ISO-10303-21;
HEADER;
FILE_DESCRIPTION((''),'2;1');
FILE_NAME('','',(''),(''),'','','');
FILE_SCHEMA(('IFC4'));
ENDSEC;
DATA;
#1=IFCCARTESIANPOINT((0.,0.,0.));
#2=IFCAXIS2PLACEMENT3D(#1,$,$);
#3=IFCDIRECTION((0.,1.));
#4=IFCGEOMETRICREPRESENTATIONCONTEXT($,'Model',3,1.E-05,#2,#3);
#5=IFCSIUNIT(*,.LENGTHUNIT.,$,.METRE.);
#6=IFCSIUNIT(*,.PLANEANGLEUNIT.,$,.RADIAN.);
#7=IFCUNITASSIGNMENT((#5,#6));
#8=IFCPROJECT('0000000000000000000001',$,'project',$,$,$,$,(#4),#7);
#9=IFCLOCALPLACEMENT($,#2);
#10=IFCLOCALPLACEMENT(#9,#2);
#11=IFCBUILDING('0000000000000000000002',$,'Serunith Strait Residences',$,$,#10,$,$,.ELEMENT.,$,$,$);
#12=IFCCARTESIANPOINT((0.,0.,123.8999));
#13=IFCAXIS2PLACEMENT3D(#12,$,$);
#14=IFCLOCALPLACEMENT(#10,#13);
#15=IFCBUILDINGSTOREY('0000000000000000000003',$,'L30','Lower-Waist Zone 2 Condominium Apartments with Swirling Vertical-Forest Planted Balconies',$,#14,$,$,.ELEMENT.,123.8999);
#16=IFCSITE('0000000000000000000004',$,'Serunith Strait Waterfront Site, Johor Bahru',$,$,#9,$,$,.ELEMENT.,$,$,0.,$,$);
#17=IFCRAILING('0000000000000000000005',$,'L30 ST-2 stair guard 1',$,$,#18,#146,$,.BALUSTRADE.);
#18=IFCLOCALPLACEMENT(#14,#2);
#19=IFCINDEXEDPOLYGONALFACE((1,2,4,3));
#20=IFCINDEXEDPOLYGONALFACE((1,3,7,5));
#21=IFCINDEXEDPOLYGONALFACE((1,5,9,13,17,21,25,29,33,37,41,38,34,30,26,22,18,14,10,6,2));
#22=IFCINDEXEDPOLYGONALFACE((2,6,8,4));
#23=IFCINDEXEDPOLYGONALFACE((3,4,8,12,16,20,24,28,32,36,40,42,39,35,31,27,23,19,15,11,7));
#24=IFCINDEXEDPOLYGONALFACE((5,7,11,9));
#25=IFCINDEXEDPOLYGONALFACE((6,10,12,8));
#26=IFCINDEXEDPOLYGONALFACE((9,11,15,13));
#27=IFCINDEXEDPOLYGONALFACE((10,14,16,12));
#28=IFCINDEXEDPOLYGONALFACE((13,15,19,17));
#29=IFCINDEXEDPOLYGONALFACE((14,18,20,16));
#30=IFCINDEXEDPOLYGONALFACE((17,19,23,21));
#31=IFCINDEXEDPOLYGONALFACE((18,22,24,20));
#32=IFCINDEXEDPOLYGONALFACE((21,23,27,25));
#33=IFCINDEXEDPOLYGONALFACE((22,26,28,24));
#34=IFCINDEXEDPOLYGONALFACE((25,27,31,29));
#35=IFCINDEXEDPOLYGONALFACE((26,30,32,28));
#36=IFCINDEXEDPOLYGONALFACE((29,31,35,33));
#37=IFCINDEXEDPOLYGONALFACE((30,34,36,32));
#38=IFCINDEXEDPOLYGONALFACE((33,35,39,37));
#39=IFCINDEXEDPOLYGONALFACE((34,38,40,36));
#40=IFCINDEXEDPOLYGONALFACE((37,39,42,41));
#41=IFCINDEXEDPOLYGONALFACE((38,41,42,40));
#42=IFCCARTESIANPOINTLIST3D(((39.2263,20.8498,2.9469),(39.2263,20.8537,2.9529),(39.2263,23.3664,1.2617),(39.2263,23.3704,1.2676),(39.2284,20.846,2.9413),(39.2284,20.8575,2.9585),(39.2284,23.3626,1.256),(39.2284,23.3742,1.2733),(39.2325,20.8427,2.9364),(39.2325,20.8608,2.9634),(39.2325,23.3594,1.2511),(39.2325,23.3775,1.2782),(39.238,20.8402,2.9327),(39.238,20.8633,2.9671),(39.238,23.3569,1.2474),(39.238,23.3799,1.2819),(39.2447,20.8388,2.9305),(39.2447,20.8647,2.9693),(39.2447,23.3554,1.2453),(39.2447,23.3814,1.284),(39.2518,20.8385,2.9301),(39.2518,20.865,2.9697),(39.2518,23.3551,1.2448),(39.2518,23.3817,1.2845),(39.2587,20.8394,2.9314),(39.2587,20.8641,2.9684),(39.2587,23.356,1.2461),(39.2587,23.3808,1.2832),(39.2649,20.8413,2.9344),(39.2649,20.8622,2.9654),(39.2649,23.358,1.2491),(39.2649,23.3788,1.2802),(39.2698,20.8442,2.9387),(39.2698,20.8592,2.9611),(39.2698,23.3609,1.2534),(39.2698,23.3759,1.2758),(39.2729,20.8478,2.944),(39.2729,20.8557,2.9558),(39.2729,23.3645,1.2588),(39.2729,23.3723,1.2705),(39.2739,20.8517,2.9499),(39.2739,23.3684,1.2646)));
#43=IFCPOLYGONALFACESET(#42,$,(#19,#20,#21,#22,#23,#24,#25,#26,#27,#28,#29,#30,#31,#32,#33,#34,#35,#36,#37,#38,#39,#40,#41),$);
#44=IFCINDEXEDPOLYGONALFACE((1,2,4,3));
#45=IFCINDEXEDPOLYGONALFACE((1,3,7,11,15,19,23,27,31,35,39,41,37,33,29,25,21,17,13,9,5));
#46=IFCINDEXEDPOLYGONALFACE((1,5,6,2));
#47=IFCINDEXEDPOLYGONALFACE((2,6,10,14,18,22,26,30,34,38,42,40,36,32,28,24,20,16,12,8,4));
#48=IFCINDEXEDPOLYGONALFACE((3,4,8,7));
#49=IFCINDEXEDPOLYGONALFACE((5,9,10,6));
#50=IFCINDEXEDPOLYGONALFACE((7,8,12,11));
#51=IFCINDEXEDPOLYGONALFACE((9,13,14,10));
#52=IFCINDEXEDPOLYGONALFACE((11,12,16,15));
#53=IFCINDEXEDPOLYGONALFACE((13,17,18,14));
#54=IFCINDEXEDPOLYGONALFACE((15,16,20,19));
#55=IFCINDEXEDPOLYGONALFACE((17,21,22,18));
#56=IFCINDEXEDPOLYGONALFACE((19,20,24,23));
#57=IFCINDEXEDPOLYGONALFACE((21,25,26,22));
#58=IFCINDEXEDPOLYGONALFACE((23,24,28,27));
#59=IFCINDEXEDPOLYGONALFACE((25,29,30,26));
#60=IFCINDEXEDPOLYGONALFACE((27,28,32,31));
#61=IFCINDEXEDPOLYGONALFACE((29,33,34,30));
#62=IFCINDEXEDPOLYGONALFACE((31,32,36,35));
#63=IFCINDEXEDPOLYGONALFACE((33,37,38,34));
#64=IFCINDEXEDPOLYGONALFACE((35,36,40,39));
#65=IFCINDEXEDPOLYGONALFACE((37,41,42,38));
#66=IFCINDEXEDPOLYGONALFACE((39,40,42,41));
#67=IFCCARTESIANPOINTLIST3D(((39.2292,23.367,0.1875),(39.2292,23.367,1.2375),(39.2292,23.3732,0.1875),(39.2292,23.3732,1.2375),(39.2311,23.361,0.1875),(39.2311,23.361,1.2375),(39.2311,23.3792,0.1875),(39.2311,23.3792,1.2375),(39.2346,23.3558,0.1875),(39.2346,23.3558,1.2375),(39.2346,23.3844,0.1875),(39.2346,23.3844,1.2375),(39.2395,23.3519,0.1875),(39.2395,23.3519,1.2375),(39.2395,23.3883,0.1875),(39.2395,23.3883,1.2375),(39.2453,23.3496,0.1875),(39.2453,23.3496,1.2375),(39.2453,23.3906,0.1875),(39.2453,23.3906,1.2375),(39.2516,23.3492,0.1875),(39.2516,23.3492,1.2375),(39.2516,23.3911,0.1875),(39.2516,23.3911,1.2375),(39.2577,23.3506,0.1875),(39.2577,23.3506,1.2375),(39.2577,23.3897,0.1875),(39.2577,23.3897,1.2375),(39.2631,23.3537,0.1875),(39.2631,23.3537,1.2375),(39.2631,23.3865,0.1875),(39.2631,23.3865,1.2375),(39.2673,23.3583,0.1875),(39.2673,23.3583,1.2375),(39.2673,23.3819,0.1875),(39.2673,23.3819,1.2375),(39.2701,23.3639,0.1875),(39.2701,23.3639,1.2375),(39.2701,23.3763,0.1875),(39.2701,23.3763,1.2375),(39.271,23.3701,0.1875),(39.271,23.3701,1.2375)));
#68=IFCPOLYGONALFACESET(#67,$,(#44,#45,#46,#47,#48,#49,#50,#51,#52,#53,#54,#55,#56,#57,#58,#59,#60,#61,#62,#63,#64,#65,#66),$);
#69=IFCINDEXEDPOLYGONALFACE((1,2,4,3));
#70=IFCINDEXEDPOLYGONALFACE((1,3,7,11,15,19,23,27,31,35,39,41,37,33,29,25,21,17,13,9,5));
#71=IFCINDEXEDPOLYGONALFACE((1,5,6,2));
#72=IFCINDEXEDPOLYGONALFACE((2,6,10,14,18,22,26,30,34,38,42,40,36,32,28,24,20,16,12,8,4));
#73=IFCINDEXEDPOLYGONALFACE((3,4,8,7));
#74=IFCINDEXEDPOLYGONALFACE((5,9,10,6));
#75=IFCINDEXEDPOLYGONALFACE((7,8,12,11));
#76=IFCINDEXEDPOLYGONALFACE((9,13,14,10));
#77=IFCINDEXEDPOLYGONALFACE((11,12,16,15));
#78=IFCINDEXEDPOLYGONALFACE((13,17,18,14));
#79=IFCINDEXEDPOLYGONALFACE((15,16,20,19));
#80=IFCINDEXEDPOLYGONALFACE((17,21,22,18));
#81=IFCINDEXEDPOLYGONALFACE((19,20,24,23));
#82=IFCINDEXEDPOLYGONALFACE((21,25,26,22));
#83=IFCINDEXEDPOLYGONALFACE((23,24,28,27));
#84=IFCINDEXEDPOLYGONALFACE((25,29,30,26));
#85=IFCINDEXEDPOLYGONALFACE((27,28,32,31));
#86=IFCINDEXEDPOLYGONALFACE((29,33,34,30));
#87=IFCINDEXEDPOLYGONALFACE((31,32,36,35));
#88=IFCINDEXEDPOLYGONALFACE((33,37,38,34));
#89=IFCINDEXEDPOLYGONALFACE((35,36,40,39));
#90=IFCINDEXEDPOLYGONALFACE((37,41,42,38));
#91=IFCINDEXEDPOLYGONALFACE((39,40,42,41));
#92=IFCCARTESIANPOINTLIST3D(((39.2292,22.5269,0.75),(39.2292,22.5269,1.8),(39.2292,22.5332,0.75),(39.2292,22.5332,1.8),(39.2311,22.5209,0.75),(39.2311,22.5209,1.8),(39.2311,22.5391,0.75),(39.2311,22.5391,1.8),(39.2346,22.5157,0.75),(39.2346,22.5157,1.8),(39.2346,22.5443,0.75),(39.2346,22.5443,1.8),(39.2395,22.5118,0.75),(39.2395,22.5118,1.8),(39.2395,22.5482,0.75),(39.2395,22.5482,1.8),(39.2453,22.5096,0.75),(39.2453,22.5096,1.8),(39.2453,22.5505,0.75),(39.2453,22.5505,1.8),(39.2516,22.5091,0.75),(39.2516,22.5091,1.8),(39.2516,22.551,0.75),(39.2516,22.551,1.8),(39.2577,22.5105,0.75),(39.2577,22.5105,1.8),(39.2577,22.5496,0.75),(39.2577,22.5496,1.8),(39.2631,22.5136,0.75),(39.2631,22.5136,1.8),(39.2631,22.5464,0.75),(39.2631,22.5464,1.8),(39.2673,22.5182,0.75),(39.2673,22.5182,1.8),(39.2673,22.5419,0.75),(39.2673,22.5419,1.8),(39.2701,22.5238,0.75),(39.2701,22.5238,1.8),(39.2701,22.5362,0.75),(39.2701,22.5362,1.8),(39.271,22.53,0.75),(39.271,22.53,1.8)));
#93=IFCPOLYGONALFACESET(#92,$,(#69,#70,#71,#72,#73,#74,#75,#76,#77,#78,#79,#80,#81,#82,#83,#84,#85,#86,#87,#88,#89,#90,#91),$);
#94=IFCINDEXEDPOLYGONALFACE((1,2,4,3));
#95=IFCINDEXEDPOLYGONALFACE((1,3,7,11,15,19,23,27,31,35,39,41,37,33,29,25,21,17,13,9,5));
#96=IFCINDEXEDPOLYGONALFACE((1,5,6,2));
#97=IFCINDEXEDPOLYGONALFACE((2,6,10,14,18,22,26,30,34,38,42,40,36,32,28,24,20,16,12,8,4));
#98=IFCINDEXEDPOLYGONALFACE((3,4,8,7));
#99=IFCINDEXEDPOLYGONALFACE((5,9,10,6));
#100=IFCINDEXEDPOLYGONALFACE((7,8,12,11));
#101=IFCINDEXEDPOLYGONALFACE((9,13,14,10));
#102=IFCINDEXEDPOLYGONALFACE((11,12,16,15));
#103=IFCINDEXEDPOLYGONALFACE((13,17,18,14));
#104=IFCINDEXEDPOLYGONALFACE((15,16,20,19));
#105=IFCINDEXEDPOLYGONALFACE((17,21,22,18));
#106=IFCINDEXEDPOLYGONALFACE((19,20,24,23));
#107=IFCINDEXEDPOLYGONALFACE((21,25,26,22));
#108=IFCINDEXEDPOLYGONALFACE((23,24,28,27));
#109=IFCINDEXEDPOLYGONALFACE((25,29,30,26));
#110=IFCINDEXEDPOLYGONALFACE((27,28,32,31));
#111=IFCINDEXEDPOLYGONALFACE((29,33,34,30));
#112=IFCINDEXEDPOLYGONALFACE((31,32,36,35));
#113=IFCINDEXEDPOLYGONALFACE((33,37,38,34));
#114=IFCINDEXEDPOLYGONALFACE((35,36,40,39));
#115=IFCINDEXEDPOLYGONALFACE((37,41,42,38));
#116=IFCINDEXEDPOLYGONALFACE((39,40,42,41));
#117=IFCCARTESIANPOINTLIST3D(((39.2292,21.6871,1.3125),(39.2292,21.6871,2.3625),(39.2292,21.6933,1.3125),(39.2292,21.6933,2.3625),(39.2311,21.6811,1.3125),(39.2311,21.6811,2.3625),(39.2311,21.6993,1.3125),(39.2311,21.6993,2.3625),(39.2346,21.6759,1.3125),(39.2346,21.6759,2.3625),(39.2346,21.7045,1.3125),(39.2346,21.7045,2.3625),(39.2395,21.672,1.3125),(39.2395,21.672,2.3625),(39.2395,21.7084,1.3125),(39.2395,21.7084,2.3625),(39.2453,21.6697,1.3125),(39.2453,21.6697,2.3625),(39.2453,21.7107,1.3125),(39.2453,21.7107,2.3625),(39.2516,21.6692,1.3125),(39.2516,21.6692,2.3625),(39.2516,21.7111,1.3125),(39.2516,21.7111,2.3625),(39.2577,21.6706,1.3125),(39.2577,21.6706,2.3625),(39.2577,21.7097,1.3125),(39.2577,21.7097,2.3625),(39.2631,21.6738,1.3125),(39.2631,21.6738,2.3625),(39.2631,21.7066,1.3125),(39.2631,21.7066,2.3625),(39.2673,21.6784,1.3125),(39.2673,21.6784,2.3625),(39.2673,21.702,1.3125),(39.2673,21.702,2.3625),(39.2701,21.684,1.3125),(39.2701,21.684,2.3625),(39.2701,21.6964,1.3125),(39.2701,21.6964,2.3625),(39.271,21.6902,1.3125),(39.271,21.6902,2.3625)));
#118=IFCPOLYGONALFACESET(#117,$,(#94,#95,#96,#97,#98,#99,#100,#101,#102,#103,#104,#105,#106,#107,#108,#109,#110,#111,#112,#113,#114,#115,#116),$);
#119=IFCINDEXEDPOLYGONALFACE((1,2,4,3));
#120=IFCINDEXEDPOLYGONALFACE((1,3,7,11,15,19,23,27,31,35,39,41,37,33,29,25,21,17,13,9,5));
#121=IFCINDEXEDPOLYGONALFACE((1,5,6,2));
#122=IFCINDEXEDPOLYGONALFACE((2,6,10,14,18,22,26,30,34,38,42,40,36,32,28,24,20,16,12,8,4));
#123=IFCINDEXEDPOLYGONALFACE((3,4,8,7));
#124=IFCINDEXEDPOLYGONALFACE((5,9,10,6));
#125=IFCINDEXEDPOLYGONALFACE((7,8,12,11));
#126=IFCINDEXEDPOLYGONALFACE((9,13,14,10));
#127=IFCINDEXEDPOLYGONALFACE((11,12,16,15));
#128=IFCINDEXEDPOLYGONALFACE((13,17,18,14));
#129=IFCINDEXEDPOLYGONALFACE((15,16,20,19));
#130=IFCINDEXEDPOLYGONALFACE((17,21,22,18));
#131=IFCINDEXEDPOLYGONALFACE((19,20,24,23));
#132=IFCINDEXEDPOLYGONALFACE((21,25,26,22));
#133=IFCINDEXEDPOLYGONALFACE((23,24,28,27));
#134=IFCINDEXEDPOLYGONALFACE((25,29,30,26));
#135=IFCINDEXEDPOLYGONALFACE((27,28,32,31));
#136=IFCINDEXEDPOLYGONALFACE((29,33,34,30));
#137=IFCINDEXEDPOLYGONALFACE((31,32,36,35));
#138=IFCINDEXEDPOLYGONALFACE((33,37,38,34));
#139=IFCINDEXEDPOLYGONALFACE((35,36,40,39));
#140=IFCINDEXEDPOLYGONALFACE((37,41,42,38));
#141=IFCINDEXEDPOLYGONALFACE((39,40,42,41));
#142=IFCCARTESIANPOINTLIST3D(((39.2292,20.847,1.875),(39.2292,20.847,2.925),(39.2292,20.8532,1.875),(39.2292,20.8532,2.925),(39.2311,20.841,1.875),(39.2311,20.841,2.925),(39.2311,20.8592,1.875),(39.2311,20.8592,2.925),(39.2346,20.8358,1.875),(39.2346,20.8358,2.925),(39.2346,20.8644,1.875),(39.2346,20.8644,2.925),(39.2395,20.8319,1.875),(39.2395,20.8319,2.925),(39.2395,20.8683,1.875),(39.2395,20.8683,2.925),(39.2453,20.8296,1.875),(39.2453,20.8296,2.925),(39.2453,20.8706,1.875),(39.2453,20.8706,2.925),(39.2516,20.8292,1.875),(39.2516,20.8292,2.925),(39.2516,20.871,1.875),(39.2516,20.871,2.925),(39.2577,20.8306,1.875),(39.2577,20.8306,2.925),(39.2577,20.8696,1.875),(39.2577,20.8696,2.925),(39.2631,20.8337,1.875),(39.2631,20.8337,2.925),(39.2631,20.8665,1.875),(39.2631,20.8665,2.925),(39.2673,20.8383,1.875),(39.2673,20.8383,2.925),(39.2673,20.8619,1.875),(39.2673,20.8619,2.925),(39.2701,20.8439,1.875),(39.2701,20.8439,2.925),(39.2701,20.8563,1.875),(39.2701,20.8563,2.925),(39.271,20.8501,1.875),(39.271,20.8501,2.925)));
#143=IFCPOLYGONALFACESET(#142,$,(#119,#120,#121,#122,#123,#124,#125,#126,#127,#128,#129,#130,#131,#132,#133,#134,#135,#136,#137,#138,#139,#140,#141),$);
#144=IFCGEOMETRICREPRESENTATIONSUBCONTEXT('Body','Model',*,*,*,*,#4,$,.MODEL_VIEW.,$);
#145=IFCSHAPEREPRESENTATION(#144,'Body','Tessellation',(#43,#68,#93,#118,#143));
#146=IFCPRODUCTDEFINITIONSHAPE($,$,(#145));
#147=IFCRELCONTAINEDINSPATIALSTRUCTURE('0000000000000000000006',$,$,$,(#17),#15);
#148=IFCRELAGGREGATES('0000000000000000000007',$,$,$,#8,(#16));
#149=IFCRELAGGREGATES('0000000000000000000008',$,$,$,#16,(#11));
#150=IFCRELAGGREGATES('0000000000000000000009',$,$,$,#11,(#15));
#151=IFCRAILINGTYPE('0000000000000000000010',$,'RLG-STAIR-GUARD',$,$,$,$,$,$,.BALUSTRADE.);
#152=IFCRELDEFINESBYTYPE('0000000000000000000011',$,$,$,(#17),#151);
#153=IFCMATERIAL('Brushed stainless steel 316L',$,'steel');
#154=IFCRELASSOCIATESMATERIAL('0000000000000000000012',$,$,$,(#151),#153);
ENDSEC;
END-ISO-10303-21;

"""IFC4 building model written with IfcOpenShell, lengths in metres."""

from ifc_helpers import new_model, si_unit, direction, frame, origin, origin_2d, place, context, subcontext, project, spatial, circle, extrude, material, type_object, element, save


model = new_model("IFC4")

# Units and contexts
model_context = context("Model", 3, precision=1e-05, world=origin(), true_north=direction((0.0, 1.0)))
body_context = subcontext(model_context, "Body", "Model", "MODEL_VIEW")
ifc_project = project(units=[si_unit("LENGTHUNIT", "METRE"), si_unit("PLANEANGLEUNIT", "RADIAN")], contexts=[model_context])

# Site, building, storey
site_placement = place(None, origin())
site = spatial("IfcSite", under=ifc_project, at=site_placement, Name="Serunith Strait Waterfront Site, Johor Bahru", CompositionType="ELEMENT", RefElevation=0.0)
building_placement = place(site_placement, origin())
building = spatial("IfcBuilding", under=site, at=building_placement, Name="Serunith Strait Residences", CompositionType="ELEMENT")
storey_placement = place(building_placement, frame((0.0, 0.0, 123.8999)))
storey = spatial("IfcBuildingStorey", under=building, at=storey_placement, Name="L30", Description="Lower-Waist Zone 2 Condominium Apartments with Swirling Vertical-Forest Planted Balconies", CompositionType="ELEMENT", Elevation=123.8999)

# Railing
ifc_material_1 = material(Name="Brushed stainless steel 316L", Category="steel")
railing_type_1 = type_object("IfcRailingType", Name="RLG-STAIR-GUARD", PredefinedType="BALUSTRADE", material=ifc_material_1)
railing_1_placement = place(storey_placement, frame((39.25, 23.3701, 0.1875)))
element("IfcRailing", 1, at=railing_1_placement, inside=storey, type_object=railing_type_1, Name="L30 ST-2 stair guard 1", PredefinedType="BALUSTRADE", context=body_context, shape_type="SweptSolid", body=[
    extrude(circle(Radius=0.0239, at=origin_2d()), frame((0.0, -0.0017, 1.0771), z_axis=(0.0, -0.830909, 0.556408), x_axis=(1.0, 0.0, 0.0)), (0.0, 0.0, 1.0), 3.0288),
    extrude(circle(Radius=0.021, at=origin_2d()), origin(), (0.0, 0.0, 1.0), 1.05),
    extrude(circle(Radius=0.021, at=origin_2d()), frame((0.0, -0.8401, 0.5625)), (0.0, 0.0, 1.0), 1.05),
    extrude(circle(Radius=0.021, at=origin_2d()), frame((0.0, -1.6799, 1.125)), (0.0, 0.0, 1.0), 1.05),
    extrude(circle(Radius=0.021, at=origin_2d()), frame((0.0, -2.52, 1.6875)), (0.0, 0.0, 1.0), 1.05),
])

save(model, "model.ifc")
